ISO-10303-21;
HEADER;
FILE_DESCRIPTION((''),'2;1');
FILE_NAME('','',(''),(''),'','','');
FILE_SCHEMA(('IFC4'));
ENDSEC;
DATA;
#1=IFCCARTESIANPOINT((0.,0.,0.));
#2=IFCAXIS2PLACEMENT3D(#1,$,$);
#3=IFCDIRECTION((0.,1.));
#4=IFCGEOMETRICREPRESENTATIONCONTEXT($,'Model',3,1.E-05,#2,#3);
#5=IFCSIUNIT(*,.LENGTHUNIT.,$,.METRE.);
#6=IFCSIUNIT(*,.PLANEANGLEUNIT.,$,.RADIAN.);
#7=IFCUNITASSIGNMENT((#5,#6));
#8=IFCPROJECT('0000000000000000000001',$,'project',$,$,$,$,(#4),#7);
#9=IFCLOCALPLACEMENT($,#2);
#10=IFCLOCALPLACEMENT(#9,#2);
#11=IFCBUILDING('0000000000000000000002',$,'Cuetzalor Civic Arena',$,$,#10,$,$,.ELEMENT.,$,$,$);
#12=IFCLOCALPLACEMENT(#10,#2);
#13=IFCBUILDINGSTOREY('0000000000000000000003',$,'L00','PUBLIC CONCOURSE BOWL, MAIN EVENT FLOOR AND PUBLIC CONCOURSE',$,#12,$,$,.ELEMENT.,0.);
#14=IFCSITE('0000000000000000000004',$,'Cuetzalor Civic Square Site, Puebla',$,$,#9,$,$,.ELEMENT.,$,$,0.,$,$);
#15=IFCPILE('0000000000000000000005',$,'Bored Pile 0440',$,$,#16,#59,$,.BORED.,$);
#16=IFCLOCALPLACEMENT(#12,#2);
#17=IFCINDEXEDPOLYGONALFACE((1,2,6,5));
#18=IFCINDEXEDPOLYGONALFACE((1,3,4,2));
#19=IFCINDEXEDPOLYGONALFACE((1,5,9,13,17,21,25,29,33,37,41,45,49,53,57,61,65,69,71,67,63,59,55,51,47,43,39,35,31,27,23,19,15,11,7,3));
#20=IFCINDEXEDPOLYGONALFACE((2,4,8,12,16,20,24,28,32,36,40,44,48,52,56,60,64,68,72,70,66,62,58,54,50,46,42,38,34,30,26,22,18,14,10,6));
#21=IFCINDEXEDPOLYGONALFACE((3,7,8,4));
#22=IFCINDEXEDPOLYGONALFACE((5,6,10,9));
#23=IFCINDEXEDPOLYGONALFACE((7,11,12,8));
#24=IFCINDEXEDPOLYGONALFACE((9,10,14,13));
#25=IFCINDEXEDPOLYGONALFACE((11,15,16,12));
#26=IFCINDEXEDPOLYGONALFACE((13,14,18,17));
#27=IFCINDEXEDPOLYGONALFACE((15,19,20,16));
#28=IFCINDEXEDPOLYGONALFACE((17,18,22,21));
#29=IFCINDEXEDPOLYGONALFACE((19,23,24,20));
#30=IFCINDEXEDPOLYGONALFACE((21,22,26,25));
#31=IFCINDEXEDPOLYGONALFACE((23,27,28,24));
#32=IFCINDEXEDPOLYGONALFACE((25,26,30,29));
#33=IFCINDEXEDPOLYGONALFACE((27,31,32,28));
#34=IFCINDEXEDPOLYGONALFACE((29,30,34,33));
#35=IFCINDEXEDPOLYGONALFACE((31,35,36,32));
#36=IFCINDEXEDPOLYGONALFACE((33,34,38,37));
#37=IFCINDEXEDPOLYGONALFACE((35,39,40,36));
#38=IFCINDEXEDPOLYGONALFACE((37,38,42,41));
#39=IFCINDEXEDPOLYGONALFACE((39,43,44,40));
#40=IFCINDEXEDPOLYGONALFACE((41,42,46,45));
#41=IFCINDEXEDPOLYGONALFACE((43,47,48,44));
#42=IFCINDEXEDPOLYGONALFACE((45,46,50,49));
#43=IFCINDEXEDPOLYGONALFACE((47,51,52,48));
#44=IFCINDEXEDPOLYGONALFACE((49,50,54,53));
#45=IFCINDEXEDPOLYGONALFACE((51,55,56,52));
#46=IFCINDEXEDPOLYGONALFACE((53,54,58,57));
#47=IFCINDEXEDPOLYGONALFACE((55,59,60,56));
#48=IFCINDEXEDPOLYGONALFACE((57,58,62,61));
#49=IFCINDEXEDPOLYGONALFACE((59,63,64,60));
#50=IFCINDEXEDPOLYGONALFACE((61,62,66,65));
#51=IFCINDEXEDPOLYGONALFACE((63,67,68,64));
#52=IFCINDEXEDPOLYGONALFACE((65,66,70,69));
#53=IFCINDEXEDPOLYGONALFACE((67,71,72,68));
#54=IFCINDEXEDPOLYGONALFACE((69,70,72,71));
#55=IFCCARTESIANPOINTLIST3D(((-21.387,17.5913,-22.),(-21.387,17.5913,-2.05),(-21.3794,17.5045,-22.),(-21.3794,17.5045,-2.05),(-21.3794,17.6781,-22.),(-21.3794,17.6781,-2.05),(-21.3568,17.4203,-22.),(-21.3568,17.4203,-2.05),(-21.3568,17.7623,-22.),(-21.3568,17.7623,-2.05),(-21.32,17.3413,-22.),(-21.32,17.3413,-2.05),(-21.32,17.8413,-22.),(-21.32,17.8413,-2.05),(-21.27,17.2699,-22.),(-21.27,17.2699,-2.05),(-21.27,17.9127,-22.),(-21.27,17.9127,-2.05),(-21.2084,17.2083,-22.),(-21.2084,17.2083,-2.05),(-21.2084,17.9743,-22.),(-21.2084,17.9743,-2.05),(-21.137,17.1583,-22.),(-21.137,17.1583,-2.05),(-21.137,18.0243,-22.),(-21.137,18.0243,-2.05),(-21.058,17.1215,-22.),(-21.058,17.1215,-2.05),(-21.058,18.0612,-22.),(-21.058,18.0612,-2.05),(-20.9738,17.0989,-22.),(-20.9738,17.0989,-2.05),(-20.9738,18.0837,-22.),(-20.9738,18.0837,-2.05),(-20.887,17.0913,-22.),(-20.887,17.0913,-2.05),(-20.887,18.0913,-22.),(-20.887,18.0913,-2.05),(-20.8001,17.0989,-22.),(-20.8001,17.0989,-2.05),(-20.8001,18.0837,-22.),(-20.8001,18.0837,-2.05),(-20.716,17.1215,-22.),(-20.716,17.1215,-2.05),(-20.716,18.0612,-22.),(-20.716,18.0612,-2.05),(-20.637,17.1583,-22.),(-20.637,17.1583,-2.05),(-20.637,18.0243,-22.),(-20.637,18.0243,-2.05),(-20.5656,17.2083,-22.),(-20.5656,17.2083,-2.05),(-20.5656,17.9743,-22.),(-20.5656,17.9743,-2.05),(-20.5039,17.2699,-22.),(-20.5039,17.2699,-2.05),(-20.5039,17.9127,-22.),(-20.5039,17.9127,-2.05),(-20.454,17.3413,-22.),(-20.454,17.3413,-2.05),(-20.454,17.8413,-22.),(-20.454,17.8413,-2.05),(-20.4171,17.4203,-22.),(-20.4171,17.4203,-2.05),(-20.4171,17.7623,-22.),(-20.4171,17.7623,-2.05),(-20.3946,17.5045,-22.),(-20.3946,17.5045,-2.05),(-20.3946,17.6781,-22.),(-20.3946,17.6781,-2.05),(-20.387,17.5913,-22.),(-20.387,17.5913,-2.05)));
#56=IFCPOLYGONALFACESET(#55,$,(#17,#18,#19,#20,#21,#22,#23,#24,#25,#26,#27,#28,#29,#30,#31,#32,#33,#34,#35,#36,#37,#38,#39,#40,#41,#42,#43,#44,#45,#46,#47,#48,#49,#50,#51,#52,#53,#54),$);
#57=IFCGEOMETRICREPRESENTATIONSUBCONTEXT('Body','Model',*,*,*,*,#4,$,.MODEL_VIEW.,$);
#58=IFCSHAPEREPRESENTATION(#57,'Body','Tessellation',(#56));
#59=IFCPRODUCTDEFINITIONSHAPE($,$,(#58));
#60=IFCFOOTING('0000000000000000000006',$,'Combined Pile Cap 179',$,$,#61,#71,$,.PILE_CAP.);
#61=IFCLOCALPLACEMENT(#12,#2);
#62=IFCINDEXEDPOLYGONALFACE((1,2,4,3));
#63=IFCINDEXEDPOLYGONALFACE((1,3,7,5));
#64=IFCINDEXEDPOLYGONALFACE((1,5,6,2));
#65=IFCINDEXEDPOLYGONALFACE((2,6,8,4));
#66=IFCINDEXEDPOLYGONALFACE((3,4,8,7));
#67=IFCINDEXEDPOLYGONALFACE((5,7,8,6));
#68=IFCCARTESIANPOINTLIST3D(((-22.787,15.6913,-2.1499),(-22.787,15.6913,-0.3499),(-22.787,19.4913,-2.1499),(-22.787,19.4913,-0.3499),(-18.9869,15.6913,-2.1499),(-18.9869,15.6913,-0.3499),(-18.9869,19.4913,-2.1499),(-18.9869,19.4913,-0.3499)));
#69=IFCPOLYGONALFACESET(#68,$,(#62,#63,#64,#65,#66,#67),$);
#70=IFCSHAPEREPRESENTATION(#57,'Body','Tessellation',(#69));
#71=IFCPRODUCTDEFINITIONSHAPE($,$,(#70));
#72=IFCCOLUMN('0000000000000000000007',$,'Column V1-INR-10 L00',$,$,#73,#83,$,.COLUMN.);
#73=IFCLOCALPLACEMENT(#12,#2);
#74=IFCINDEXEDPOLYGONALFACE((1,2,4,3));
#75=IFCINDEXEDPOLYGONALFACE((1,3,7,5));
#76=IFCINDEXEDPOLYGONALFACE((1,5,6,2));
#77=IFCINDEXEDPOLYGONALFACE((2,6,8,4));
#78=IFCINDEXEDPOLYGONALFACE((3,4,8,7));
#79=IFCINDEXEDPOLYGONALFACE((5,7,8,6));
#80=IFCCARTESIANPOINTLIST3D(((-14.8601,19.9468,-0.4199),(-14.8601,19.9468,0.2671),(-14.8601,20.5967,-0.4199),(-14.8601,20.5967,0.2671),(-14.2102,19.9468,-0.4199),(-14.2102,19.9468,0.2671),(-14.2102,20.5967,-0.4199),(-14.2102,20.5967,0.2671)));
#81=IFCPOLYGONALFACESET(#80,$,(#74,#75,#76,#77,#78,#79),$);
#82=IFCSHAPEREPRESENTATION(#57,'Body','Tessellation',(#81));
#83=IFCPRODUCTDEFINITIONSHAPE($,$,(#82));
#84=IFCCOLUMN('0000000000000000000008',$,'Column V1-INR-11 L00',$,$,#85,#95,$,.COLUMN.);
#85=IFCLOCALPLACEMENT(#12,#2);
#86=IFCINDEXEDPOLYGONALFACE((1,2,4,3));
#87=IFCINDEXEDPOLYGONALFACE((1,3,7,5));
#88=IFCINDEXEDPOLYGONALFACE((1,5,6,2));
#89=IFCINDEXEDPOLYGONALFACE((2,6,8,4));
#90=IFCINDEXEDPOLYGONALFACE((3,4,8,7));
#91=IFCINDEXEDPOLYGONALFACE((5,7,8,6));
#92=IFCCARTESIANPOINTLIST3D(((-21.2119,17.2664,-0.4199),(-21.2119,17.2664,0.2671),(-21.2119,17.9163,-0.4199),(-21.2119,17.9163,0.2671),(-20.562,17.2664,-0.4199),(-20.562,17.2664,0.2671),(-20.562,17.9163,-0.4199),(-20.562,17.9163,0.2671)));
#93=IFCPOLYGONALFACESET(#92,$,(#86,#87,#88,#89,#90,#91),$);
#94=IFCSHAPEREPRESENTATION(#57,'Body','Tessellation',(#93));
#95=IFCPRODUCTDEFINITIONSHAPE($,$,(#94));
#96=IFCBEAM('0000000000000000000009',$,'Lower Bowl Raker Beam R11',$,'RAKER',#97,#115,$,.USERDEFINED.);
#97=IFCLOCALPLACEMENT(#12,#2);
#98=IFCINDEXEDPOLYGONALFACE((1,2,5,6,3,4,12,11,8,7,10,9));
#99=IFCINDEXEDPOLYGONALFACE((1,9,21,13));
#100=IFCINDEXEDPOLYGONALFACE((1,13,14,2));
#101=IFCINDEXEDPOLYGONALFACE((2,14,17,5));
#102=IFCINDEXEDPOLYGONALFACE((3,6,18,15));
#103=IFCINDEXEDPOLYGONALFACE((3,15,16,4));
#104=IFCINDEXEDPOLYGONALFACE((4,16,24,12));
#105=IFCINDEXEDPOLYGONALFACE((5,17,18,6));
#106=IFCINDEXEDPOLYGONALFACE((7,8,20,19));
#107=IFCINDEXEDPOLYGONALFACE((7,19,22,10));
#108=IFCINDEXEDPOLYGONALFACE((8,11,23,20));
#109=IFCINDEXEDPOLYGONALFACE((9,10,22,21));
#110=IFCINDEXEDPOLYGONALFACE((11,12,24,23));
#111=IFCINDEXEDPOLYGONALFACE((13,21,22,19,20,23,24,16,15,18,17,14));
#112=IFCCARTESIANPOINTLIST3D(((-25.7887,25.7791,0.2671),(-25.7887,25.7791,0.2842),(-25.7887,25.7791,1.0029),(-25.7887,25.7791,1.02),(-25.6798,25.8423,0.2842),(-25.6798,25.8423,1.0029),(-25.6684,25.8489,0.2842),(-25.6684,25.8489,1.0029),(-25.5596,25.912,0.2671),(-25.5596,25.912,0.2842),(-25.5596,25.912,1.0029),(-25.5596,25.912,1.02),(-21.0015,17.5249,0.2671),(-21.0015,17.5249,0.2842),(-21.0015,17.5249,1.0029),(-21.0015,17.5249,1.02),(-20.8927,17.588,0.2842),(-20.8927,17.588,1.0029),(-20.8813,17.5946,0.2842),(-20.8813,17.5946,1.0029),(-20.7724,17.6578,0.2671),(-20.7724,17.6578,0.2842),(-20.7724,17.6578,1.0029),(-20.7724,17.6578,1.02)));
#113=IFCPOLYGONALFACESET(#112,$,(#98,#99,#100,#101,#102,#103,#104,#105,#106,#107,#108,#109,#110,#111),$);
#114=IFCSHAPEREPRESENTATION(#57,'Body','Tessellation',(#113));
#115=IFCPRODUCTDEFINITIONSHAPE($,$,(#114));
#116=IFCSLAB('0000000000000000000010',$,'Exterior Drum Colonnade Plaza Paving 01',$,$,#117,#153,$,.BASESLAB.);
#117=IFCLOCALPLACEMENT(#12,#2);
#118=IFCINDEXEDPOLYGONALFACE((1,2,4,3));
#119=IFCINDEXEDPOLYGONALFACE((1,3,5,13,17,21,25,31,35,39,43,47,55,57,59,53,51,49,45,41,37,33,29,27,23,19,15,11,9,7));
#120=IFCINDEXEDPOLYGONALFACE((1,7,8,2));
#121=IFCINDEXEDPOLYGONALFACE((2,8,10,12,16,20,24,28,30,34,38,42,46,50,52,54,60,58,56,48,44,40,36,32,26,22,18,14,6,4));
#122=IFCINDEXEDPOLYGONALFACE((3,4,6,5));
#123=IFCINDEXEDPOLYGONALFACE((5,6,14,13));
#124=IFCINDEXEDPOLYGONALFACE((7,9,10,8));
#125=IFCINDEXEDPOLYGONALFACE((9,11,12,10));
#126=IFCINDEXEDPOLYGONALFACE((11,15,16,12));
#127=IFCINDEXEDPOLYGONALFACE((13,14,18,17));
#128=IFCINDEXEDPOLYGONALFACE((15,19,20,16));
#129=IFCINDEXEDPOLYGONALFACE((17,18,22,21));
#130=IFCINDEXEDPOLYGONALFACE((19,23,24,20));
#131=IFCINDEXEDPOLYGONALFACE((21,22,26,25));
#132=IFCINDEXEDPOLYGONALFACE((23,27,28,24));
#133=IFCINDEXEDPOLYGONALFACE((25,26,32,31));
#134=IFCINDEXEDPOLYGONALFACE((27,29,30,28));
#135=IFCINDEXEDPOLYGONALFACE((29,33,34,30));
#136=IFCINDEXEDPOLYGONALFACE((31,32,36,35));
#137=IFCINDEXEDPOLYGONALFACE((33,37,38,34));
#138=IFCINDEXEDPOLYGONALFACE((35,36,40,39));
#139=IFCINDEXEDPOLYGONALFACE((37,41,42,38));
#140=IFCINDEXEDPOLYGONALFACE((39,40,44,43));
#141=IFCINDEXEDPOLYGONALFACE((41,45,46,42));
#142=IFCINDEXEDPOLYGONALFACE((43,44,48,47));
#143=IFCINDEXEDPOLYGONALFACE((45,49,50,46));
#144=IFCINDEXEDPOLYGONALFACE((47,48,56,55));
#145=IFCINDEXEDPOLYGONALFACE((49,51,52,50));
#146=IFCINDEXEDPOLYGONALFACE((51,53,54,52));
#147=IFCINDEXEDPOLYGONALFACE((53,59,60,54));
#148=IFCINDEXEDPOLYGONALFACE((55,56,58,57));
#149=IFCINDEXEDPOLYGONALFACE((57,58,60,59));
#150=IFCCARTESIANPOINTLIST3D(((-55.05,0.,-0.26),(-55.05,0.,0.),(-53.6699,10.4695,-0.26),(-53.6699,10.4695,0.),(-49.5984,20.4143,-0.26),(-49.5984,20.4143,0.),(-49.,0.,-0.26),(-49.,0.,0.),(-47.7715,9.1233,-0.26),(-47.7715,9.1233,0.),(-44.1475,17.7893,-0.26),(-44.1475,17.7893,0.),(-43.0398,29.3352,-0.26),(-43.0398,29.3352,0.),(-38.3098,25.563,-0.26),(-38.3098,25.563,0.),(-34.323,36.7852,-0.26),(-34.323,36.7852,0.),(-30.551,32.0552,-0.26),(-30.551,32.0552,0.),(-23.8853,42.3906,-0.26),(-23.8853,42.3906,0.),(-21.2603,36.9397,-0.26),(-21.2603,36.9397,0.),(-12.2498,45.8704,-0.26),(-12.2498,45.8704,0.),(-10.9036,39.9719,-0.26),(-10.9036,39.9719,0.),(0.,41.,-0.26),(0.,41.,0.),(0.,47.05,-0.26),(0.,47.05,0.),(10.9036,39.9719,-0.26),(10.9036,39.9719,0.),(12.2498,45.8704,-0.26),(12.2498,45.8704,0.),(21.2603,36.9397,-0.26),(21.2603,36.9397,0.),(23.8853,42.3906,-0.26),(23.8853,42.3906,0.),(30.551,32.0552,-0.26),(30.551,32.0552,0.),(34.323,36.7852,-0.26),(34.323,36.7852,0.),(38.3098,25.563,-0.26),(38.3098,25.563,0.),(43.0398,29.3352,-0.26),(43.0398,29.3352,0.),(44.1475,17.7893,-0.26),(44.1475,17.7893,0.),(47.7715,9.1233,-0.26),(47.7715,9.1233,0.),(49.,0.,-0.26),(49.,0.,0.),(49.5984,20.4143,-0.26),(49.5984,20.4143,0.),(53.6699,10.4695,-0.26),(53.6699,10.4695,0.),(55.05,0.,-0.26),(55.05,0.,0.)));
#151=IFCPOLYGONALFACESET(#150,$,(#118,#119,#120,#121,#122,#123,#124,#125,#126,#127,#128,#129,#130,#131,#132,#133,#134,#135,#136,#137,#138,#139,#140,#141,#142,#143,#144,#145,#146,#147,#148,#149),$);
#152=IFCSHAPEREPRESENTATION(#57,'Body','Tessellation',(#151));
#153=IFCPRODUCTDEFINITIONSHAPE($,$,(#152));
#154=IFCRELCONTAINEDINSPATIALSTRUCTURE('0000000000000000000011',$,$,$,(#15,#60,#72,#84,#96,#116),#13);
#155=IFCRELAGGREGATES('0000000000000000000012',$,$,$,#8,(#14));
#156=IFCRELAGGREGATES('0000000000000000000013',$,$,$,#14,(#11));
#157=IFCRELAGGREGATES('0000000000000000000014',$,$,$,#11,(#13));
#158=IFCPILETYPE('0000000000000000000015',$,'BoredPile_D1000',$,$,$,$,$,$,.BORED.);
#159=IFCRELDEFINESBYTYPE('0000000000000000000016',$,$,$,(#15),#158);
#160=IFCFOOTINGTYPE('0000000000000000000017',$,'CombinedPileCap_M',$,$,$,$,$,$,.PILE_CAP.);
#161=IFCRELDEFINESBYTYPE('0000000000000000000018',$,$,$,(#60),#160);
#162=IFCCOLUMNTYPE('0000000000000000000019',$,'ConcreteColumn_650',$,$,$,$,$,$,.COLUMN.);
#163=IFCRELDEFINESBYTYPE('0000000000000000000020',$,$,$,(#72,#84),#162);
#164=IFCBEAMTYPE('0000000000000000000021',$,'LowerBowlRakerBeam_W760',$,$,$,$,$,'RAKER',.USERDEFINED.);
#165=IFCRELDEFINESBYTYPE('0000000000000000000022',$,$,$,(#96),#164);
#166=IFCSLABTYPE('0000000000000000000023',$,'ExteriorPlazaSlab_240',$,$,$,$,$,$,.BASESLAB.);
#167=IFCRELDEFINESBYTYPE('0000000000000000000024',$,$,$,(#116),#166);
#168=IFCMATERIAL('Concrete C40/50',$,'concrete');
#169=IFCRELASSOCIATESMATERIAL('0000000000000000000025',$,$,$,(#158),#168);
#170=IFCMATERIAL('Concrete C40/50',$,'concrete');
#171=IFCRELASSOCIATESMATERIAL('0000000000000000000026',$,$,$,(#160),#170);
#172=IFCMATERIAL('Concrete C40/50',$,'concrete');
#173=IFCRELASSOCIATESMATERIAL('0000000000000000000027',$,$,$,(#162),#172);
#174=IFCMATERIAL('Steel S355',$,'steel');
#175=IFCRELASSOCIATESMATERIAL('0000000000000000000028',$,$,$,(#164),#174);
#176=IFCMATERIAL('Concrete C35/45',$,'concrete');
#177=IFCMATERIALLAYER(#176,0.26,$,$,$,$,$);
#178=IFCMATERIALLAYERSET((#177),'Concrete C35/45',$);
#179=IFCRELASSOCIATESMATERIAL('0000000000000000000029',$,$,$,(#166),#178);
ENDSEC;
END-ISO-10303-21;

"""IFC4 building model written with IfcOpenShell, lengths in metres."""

from ifc_helpers import new_model, si_unit, direction, frame, origin, origin_2d, place, context, subcontext, project, spatial, polyline, rectangle, circle, i_section, outline, extrude, material, layer, layer_set, material_profile, profile_set, type_object, element, save


model = new_model("IFC4")

# Units and contexts
model_context = context("Model", 3, precision=1e-05, world=origin(), true_north=direction((0.0, 1.0)))
body_context = subcontext(model_context, "Body", "Model", "MODEL_VIEW")
ifc_project = project(units=[si_unit("LENGTHUNIT", "METRE"), si_unit("PLANEANGLEUNIT", "RADIAN")], contexts=[model_context])

# Site, building, storey
site_placement = place(None, origin())
site = spatial("IfcSite", under=ifc_project, at=site_placement, Name="Cuetzalor Civic Square Site, Puebla", CompositionType="ELEMENT", RefElevation=0.0)
building_placement = place(site_placement, origin())
building = spatial("IfcBuilding", under=site, at=building_placement, Name="Cuetzalor Civic Arena", CompositionType="ELEMENT")
storey_placement = place(building_placement, origin())
storey = spatial("IfcBuildingStorey", under=building, at=storey_placement, Name="L00", Description="PUBLIC CONCOURSE BOWL, MAIN EVENT FLOOR AND PUBLIC CONCOURSE", CompositionType="ELEMENT", Elevation=0.0)

# Pile
ifc_material_1 = material(Name="Concrete C40/50", Category="concrete")
ifc_material_profile_1 = material_profile(ifc_material_1, circle(Radius=0.5, at=origin_2d()), Name="BORED PILE D1000")
ifc_profile_set_1 = profile_set([ifc_material_profile_1], Name="Concrete C40/50")
pile_type = type_object("IfcPileType", Name="BoredPile_D1000", PredefinedType="BORED", material=ifc_profile_set_1)
pile_placement = place(storey_placement, frame((-20.887, 17.5913, -2.05), z_axis=(0.0, 0.0, -1.0), x_axis=(1.0, 0.0, 0.0)))
element("IfcPile", 1, at=pile_placement, inside=storey, type_object=pile_type, Name="Bored Pile 0440", PredefinedType="BORED", context=body_context, shape_type="SweptSolid", body=[
    extrude(circle(Radius=0.5, at=origin_2d()), origin(), (0.0, 0.0, 1.0), 19.95),
])

# Footing
ifc_material_2 = material(Name="Concrete C40/50", Category="concrete")
footing_type = type_object("IfcFootingType", Name="CombinedPileCap_M", PredefinedType="PILE_CAP", material=ifc_material_2)
footing_placement = place(storey_placement, frame((-20.887, 17.5913, -2.1499), z_axis=(0.0, 0.0, 1.0), x_axis=(1.0, 0.0, 0.0)))
element("IfcFooting", 2, at=footing_placement, inside=storey, type_object=footing_type, Name="Combined Pile Cap 179", PredefinedType="PILE_CAP", context=body_context, shape_type="SweptSolid", body=[
    extrude(rectangle(XDim=3.8, YDim=3.8, at=origin_2d()), origin(), (0.0, 0.0, 1.0), 1.8),
])

# Columns
ifc_material_3 = material(Name="Concrete C40/50", Category="concrete")
ifc_material_profile_2 = material_profile(ifc_material_3, rectangle(XDim=0.6499, YDim=0.6499, at=origin_2d()), Name="RC 650x650")
ifc_profile_set_2 = profile_set([ifc_material_profile_2], Name="Concrete C40/50")
column_type = type_object("IfcColumnType", Name="ConcreteColumn_650", PredefinedType="COLUMN", material=ifc_profile_set_2)
for number, where, z_axis, x_axis, name in (
    (3, (-14.5352, 20.2717, -0.4199), (0.0, 0.0, 1.0), (1.0, 0.0, 0.0), "Column V1-INR-10 L00"),
    (4, (-20.887, 17.5913, -0.4199), (0.0, 0.0, 1.0), (1.0, 0.0, 0.0), "Column V1-INR-11 L00"),
):
    element("IfcColumn", number, at=place(storey_placement, frame(where, z_axis=z_axis, x_axis=x_axis)), inside=storey, type_object=column_type, Name=name, PredefinedType="COLUMN", context=body_context, shape_type="SweptSolid", body=[
        extrude(rectangle(XDim=0.6499, YDim=0.6499, at=origin_2d()), origin(), (0.0, 0.0, 1.0), 0.687),
    ])

# Beam
ifc_material_4 = material(Name="Steel S355", Category="steel")
ifc_material_profile_3 = material_profile(ifc_material_4, i_section(OverallWidth=0.2649, OverallDepth=0.7529, WebThickness=0.0132, FlangeThickness=0.0171, at=origin_2d()), Name="W760x147")
ifc_profile_set_3 = profile_set([ifc_material_profile_3], Name="Steel S355")
beam_type = type_object("IfcBeamType", Name="LowerBowlRakerBeam_W760", ElementType="RAKER", PredefinedType="USERDEFINED", material=ifc_profile_set_3)
beam_placement = place(storey_placement, frame((-20.887, 17.5913, 0.6436), z_axis=(-0.501695, 0.865045, 0.0), x_axis=(-0.865045, -0.501695, 0.0)))
element("IfcBeam", 5, at=beam_placement, inside=storey, type_object=beam_type, Name="Lower Bowl Raker Beam R11", ObjectType="RAKER", PredefinedType="USERDEFINED", context=body_context, shape_type="SweptSolid", body=[
    extrude(i_section(OverallWidth=0.2649, OverallDepth=0.7529, WebThickness=0.0132, FlangeThickness=0.0171, at=origin_2d()), origin(), (0.0, 0.0, 1.0), 9.542),
])

# Slab
ifc_material_5 = material(Name="Concrete C35/45", Category="concrete")
ifc_layer_1 = layer(ifc_material_5, 0.26)
ifc_layer_set_1 = layer_set([ifc_layer_1], Name="Concrete C35/45")
slab_type_1 = type_object("IfcSlabType", Name="ExteriorPlazaSlab_240", PredefinedType="BASESLAB", material=ifc_layer_set_1)
slab_1_placement = place(storey_placement, frame((0.0, 0.0, -0.26)))
element("IfcSlab", 6, at=slab_1_placement, inside=storey, type_object=slab_type_1, Name="Exterior Drum Colonnade Plaza Paving 01", PredefinedType="BASESLAB", context=body_context, shape_type="SweptSolid", body=[
    extrude(outline(polyline([(49.0, 0.0), (47.7715, 9.1233), (44.1475, 17.7893), (38.3098, 25.563), (30.551, 32.0552), (21.2603, 36.9397), (10.9036, 39.9719), (0.0, 41.0), (-10.9036, 39.9719), (-21.2603, 36.9397), (-30.551, 32.0552), (-38.3098, 25.563), (-44.1475, 17.7893), (-47.7715, 9.1233), (-49.0, 0.0), (-55.05, 0.0), (-53.6699, 10.4695), (-49.5984, 20.4143), (-43.0398, 29.3352), (-34.323, 36.7852), (-23.8853, 42.3906), (-12.2498, 45.8704), (0.0, 47.05), (12.2498, 45.8704), (23.8853, 42.3906), (34.323, 36.7852), (43.0398, 29.3352), (49.5984, 20.4143), (53.6699, 10.4695), (55.05, 0.0), (49.0, 0.0)])), origin(), (0.0, 0.0, 1.0), 0.26),
])

save(model, "model.ifc")
